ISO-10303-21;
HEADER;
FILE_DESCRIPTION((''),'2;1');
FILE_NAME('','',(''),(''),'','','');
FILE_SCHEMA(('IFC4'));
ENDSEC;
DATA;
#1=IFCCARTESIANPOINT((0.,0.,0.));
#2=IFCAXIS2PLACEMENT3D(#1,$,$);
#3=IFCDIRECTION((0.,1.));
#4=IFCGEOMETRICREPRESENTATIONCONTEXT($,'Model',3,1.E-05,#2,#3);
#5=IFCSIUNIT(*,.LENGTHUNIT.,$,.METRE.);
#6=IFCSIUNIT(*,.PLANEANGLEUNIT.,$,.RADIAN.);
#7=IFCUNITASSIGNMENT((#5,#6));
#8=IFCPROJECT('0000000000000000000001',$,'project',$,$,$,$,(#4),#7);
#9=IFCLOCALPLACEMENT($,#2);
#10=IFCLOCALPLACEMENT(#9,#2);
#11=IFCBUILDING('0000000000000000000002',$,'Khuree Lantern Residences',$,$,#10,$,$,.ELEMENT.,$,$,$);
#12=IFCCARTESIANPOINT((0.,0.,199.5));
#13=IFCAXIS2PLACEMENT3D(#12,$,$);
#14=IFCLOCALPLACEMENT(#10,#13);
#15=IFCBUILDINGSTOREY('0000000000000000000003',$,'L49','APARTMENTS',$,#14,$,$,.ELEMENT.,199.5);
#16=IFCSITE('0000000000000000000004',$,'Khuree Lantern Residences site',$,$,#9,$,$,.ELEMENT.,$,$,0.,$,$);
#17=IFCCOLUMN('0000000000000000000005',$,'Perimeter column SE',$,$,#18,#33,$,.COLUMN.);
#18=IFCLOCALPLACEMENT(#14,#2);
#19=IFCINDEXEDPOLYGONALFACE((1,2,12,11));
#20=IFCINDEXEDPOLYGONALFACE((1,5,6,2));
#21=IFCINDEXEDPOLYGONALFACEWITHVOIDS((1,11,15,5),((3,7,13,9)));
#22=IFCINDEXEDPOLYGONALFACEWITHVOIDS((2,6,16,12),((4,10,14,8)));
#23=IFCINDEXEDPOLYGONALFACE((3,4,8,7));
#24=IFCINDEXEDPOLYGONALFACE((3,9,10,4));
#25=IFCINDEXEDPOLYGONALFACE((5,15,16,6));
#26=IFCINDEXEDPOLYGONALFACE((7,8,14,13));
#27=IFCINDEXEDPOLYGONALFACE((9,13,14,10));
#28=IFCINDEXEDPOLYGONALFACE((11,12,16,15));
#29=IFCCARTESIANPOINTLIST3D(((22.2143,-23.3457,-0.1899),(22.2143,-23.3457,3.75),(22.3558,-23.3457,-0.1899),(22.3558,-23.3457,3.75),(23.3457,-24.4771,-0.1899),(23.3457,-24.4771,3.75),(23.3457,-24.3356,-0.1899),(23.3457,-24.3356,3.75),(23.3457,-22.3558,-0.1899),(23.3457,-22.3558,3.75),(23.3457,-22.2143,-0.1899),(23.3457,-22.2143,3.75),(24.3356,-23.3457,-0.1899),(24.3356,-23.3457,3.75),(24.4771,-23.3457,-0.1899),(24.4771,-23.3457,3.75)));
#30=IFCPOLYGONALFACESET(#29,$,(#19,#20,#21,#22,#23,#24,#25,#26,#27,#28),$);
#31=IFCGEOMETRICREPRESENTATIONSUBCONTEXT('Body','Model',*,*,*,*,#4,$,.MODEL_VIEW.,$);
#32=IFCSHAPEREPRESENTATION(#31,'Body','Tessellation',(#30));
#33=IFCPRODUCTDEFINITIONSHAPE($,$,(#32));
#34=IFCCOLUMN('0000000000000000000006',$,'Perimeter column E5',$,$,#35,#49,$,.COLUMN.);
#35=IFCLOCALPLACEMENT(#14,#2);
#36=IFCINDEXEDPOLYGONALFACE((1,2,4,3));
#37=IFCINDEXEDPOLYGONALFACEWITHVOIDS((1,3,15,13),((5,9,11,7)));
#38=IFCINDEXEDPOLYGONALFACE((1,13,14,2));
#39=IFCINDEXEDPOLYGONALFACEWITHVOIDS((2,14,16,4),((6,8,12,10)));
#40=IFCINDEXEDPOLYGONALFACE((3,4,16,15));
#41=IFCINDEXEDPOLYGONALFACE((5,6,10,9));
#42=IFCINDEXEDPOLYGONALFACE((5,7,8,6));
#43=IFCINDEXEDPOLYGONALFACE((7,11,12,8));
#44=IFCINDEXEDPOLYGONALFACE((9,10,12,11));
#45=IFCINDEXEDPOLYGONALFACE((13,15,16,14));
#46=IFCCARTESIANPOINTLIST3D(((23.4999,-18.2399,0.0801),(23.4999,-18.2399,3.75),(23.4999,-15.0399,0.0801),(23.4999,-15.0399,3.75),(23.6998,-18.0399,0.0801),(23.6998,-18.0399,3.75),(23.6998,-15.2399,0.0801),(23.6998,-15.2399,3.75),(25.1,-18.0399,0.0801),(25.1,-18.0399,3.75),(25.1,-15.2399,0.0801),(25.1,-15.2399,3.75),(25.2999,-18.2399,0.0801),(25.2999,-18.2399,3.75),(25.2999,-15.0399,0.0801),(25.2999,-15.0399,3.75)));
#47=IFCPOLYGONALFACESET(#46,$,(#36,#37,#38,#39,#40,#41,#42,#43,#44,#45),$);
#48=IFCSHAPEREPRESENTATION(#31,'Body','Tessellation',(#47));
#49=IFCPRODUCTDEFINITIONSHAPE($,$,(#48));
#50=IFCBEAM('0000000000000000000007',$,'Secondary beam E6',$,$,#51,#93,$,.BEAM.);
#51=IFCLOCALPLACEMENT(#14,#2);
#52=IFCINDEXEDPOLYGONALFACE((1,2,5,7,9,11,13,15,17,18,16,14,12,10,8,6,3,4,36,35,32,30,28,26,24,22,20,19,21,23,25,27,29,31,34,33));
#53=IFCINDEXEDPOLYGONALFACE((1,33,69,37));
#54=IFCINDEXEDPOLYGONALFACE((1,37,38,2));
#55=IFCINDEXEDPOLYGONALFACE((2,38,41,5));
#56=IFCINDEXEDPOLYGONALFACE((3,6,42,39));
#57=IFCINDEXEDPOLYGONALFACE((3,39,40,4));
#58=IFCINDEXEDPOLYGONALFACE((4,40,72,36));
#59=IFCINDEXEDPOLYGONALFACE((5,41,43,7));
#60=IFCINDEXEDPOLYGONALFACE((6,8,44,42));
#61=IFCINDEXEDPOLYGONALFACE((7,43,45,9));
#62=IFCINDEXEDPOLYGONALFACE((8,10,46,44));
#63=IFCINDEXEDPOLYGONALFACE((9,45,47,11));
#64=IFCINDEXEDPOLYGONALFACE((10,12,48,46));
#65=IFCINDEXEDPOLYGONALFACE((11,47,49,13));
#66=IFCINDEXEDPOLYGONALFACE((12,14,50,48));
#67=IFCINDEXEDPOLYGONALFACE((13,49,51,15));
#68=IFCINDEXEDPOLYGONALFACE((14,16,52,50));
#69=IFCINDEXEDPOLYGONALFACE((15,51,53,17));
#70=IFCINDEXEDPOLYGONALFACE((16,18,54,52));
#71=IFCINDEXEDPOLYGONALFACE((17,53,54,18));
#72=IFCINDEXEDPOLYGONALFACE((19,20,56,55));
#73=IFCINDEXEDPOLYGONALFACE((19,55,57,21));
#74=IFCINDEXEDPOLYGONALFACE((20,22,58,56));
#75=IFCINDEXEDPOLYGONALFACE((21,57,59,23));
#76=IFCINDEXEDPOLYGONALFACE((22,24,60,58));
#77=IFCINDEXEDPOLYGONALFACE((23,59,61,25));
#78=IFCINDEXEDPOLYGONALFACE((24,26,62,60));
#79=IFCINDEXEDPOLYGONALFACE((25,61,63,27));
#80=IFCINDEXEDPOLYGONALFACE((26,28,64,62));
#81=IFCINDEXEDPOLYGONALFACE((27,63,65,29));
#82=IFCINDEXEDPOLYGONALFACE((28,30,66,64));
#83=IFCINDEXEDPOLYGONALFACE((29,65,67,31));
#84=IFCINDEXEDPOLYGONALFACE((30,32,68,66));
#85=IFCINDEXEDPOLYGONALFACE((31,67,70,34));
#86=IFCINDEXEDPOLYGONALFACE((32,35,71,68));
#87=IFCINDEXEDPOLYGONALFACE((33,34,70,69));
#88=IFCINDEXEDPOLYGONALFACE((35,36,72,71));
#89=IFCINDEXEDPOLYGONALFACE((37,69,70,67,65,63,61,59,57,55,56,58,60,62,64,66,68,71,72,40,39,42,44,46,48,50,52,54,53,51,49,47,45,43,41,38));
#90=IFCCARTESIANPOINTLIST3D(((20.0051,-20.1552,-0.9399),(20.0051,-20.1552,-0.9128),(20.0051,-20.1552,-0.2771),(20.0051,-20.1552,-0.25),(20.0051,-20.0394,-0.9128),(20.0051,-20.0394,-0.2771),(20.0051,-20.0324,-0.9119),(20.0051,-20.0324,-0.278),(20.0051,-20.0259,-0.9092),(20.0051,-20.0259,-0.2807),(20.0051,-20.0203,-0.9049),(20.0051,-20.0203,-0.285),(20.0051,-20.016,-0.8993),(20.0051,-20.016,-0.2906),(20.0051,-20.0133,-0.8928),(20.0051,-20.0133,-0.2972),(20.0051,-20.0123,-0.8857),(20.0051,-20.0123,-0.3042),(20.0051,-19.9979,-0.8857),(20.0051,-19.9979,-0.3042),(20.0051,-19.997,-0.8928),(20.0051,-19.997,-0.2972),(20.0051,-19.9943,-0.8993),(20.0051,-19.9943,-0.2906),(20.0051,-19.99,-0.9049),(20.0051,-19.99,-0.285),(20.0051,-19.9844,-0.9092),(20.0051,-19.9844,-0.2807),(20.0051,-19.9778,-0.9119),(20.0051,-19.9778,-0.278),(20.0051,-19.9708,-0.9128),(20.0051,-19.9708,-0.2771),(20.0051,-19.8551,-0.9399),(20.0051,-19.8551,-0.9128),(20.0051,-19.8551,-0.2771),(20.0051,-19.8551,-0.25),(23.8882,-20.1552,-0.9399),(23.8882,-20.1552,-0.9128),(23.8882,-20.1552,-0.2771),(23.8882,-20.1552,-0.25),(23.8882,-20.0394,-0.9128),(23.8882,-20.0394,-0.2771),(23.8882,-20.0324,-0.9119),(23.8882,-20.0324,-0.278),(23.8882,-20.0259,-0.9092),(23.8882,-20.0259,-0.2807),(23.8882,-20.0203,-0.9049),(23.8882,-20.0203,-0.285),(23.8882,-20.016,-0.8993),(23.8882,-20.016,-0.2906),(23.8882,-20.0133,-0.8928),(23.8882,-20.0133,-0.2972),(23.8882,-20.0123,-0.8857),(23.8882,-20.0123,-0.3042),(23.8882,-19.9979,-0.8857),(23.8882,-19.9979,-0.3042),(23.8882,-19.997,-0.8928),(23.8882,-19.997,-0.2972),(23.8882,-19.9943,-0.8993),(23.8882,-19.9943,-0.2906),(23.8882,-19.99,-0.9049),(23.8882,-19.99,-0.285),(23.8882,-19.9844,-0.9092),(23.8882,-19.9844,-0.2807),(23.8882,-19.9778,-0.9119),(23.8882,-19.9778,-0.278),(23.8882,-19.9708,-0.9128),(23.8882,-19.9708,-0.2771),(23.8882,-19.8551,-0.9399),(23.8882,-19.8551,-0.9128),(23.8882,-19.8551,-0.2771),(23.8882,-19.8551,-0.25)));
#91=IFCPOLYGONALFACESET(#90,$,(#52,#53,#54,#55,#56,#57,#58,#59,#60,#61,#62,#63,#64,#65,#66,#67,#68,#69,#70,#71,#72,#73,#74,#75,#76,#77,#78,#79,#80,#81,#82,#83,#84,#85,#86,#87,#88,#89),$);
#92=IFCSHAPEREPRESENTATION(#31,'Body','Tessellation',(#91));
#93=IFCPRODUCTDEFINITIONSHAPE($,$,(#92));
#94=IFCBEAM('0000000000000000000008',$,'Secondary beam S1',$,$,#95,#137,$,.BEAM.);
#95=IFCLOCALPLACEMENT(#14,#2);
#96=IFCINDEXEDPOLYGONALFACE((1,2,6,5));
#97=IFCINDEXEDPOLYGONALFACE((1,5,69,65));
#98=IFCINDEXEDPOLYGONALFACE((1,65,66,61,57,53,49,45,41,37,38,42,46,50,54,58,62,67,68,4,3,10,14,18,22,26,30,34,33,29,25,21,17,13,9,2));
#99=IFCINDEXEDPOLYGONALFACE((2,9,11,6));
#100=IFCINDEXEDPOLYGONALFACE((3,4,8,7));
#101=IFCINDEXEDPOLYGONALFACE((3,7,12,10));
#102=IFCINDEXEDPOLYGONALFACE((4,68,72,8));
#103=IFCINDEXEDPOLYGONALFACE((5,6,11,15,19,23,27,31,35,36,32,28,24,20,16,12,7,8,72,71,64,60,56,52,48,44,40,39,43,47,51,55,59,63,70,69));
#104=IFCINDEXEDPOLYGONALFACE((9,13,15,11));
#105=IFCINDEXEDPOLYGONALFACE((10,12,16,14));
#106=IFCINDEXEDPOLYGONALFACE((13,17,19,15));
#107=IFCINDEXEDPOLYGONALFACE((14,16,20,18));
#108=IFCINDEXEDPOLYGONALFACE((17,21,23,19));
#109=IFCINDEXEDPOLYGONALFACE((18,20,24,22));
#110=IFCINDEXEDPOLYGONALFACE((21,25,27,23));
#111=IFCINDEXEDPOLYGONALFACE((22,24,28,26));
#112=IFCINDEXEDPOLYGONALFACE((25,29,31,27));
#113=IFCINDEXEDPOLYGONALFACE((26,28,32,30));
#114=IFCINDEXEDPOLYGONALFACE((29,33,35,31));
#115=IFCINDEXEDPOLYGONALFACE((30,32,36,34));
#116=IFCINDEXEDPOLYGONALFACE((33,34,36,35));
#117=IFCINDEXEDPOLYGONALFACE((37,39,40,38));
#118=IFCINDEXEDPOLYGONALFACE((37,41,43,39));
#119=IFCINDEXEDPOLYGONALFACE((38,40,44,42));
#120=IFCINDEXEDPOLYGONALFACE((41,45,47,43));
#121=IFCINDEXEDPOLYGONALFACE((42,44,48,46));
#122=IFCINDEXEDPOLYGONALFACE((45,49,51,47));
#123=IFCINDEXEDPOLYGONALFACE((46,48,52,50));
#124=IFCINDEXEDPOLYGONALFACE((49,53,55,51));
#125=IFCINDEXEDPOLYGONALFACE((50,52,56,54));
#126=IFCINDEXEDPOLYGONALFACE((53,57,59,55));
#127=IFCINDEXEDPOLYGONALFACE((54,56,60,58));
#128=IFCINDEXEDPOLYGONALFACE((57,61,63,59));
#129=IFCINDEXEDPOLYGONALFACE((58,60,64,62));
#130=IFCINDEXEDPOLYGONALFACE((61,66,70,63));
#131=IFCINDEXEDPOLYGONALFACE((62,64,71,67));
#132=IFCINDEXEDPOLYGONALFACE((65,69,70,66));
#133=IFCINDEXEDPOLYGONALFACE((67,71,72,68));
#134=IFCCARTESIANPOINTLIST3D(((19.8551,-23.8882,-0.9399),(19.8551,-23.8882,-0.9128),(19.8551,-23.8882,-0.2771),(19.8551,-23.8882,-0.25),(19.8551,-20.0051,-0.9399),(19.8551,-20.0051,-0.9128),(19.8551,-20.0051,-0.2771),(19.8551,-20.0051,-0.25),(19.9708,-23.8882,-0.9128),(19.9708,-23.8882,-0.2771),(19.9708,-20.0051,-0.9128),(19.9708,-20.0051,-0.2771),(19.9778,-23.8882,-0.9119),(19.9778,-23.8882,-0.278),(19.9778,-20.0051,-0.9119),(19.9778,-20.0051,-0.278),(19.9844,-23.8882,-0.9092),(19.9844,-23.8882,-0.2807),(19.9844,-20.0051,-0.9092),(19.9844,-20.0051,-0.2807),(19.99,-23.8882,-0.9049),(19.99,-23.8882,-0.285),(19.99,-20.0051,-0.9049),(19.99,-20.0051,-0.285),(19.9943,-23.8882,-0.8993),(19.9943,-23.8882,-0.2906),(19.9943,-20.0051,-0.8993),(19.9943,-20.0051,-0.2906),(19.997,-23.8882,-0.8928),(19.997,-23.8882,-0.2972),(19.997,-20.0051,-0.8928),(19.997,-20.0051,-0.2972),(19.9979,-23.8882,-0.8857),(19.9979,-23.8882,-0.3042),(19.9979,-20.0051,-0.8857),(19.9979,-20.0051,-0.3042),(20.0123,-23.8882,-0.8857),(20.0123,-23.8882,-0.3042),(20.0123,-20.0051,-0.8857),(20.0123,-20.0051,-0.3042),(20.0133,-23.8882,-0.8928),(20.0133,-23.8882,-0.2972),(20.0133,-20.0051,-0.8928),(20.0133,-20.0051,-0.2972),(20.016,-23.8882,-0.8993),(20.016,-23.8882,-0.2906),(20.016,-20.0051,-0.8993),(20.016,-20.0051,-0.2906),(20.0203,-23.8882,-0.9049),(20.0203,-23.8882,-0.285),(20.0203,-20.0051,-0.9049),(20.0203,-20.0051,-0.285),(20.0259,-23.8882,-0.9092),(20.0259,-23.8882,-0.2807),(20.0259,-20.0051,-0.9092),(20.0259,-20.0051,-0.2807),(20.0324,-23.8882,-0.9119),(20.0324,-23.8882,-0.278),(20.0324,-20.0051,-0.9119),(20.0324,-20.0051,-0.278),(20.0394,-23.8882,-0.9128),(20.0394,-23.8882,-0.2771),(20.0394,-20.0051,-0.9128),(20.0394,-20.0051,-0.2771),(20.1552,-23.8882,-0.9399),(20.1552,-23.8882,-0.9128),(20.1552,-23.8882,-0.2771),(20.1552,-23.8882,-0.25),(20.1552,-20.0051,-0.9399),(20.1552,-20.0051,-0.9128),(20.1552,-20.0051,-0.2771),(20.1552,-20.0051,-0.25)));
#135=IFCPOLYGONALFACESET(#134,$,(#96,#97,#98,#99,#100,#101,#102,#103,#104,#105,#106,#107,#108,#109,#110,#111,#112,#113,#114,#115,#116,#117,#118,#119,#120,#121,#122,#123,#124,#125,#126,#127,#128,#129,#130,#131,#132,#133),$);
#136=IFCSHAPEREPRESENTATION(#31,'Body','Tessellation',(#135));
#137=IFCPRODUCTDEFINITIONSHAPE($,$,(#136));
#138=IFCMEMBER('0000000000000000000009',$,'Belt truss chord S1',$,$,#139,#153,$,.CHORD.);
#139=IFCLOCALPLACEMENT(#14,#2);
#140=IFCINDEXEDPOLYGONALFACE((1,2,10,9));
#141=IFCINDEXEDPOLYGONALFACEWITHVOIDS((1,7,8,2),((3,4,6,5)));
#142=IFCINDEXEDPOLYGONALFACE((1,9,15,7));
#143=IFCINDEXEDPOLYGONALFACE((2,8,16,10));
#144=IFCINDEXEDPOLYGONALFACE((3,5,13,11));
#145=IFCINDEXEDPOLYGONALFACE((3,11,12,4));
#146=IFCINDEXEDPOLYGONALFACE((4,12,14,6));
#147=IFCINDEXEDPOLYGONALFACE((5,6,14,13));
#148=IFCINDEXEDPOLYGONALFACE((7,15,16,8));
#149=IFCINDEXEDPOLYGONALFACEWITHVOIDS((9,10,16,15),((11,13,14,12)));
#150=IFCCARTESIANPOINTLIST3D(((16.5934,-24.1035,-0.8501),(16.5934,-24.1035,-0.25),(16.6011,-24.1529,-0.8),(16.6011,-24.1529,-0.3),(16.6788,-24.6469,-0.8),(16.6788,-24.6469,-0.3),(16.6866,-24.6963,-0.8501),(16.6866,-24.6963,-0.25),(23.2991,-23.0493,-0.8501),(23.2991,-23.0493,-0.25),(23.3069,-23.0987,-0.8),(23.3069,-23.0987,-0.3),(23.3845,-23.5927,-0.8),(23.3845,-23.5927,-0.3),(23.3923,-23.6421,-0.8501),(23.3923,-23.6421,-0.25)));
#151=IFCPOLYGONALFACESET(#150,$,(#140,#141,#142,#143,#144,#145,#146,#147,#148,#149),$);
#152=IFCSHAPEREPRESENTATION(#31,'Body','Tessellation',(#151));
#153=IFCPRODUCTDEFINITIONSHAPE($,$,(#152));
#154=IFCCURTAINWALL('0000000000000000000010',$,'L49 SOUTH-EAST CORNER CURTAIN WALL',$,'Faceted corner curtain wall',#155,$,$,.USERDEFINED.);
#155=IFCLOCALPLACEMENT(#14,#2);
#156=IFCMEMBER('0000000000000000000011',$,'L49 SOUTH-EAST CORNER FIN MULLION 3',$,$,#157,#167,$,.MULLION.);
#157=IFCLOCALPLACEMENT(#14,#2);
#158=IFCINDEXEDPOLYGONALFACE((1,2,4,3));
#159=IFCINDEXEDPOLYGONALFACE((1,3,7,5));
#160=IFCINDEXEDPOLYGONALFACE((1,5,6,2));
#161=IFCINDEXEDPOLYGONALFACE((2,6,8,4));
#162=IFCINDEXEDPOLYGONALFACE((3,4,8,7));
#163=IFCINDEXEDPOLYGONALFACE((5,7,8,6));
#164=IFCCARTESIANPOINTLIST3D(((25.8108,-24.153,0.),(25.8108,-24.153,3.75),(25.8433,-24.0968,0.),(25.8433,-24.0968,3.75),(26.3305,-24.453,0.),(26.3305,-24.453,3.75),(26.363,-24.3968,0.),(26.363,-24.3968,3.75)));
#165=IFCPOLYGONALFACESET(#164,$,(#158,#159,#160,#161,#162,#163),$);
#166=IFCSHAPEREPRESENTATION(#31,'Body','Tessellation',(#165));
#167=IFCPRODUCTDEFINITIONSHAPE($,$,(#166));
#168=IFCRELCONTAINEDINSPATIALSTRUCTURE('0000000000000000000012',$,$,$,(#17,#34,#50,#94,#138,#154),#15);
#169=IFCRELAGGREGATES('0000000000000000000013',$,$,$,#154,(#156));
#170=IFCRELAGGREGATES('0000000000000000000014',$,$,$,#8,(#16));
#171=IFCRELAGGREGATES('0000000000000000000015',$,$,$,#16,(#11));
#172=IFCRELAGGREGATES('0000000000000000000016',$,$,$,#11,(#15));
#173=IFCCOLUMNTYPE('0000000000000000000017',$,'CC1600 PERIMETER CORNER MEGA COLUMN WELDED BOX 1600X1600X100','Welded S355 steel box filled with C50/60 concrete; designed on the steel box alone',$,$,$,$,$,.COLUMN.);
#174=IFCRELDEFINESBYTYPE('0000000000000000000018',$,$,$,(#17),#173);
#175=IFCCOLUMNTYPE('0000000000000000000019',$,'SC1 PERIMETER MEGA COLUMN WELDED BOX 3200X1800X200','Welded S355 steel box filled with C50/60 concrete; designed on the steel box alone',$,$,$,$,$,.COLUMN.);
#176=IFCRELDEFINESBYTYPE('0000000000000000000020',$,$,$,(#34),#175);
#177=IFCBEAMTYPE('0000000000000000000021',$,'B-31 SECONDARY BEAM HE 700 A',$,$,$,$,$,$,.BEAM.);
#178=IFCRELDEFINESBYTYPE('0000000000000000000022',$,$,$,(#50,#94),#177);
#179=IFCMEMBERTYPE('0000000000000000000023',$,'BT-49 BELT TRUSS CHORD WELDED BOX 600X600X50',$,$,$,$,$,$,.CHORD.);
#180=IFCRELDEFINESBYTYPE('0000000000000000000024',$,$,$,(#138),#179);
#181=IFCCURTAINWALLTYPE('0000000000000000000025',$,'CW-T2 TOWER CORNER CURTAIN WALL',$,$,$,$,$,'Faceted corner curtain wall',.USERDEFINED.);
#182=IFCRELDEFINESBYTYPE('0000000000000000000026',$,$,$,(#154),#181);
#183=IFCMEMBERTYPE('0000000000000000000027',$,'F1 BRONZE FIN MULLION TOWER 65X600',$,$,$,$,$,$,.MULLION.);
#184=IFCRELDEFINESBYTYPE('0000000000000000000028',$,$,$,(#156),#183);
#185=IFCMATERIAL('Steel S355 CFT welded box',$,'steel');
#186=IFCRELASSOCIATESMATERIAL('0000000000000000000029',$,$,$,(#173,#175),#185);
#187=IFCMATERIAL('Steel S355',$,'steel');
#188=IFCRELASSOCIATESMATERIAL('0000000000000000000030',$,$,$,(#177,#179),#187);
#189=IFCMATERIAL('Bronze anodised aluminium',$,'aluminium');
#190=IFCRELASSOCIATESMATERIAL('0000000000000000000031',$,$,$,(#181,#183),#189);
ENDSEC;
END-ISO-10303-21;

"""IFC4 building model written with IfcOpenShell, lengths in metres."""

from ifc_helpers import new_model, si_unit, direction, frame, origin, origin_2d, place, context, subcontext, project, spatial, rectangle, hollow_rectangle, i_section, extrude, material, material_profile, profile_set, type_object, element, aggregate, save


model = new_model("IFC4")

# Units and contexts
model_context = context("Model", 3, precision=1e-05, world=origin(), true_north=direction((0.0, 1.0)))
body_context = subcontext(model_context, "Body", "Model", "MODEL_VIEW")
ifc_project = project(units=[si_unit("LENGTHUNIT", "METRE"), si_unit("PLANEANGLEUNIT", "RADIAN")], contexts=[model_context])

# Site, building, storey
site_placement = place(None, origin())
site = spatial("IfcSite", under=ifc_project, at=site_placement, Name="Khuree Lantern Residences site", CompositionType="ELEMENT", RefElevation=0.0)
building_placement = place(site_placement, origin())
building = spatial("IfcBuilding", under=site, at=building_placement, Name="Khuree Lantern Residences", CompositionType="ELEMENT")
storey_placement = place(building_placement, frame((0.0, 0.0, 199.5)))
storey = spatial("IfcBuildingStorey", under=building, at=storey_placement, Name="L49", Description="APARTMENTS", CompositionType="ELEMENT", Elevation=199.5)

# Columns
ifc_material_1 = material(Name="Steel S355 CFT welded box", Category="steel")
ifc_material_profile_1 = material_profile(ifc_material_1, hollow_rectangle(XDim=1.6001, YDim=1.6001, WallThickness=0.1001, at=origin_2d()), Name="WELDED BOX 1600X1600X100")
ifc_profile_set_1 = profile_set([ifc_material_profile_1], Name="Steel S355 CFT welded box")
column_type_1 = type_object("IfcColumnType", Name="CC1600 PERIMETER CORNER MEGA COLUMN WELDED BOX 1600X1600X100", Description="Welded S355 steel box filled with C50/60 concrete; designed on the steel box alone", PredefinedType="COLUMN", material=ifc_profile_set_1)
column_1_placement = place(storey_placement, frame((23.3457, -23.3457, -0.1899), z_axis=(0.0, 0.0, 1.0), x_axis=(0.707107, 0.707107, 0.0)))
element("IfcColumn", 1, at=column_1_placement, inside=storey, type_object=column_type_1, Name="Perimeter column SE", PredefinedType="COLUMN", context=body_context, shape_type="SweptSolid", body=[
    extrude(hollow_rectangle(XDim=1.6001, YDim=1.6001, WallThickness=0.1001, at=origin_2d()), origin(), (0.0, 0.0, 1.0), 3.9399),
])
ifc_material_profile_2 = material_profile(ifc_material_1, hollow_rectangle(XDim=3.2, YDim=1.8, WallThickness=0.2, at=origin_2d()), Name="WELDED BOX 3200X1800X200")
ifc_profile_set_2 = profile_set([ifc_material_profile_2], Name="Steel S355 CFT welded box")
column_type_2 = type_object("IfcColumnType", Name="SC1 PERIMETER MEGA COLUMN WELDED BOX 3200X1800X200", Description="Welded S355 steel box filled with C50/60 concrete; designed on the steel box alone", PredefinedType="COLUMN", material=ifc_profile_set_2)
column_2_placement = place(storey_placement, frame((24.3999, -16.6399, 0.0801), z_axis=(0.0, 0.0, 1.0), x_axis=(0.0, 1.0, 0.0)))
element("IfcColumn", 2, at=column_2_placement, inside=storey, type_object=column_type_2, Name="Perimeter column E5", PredefinedType="COLUMN", context=body_context, shape_type="SweptSolid", body=[
    extrude(hollow_rectangle(XDim=3.2, YDim=1.8, WallThickness=0.2, at=origin_2d()), origin(), (0.0, 0.0, 1.0), 3.6699),
])

# Beams
ifc_material_2 = material(Name="Steel S355", Category="steel")
ifc_material_profile_3 = material_profile(ifc_material_2, i_section(OverallWidth=0.3, OverallDepth=0.6899, WebThickness=0.0144, FlangeThickness=0.0271, FilletRadius=0.0271, at=origin_2d()), Name="HE 700 A")
ifc_profile_set_3 = profile_set([ifc_material_profile_3], Name="Steel S355")
beam_type_1 = type_object("IfcBeamType", Name="B-31 SECONDARY BEAM HE 700 A", PredefinedType="BEAM", material=ifc_profile_set_3)
for number, where, z_axis, x_axis, name in (
    (3, (23.8882, -20.0051, -0.595), (-1.0, 0.0, 0.0), (0.0, -1.0, 0.0), "Secondary beam E6"),
    (4, (20.0051, -23.8882, -0.595), (0.0, 1.0, 0.0), (-1.0, 0.0, 0.0), "Secondary beam S1"),
):
    element("IfcBeam", number, at=place(storey_placement, frame(where, z_axis=z_axis, x_axis=x_axis)), inside=storey, type_object=beam_type_1, Name=name, PredefinedType="BEAM", context=body_context, shape_type="SweptSolid", body=[
        extrude(i_section(OverallWidth=0.3, OverallDepth=0.6899, WebThickness=0.0144, FlangeThickness=0.0271, FilletRadius=0.0271, at=origin_2d()), origin(), (0.0, 0.0, 1.0), 3.8831),
    ])

# Member
ifc_material_profile_4 = material_profile(ifc_material_2, hollow_rectangle(XDim=0.6001, YDim=0.6001, WallThickness=0.05, at=origin_2d()), Name="WELDED BOX 600X600X50")
ifc_profile_set_4 = profile_set([ifc_material_profile_4], Name="Steel S355")
member_type_1 = type_object("IfcMemberType", Name="BT-49 BELT TRUSS CHORD WELDED BOX 600X600X50", PredefinedType="CHORD", material=ifc_profile_set_4)
member_1_placement = place(storey_placement, frame((23.3457, -23.3457, -0.55), z_axis=(-0.987867, -0.1553, 0.0), x_axis=(0.1553, -0.987867, 0.0)))
element("IfcMember", 5, at=member_1_placement, inside=storey, type_object=member_type_1, Name="Belt truss chord S1", PredefinedType="CHORD", context=body_context, shape_type="SweptSolid", body=[
    extrude(hollow_rectangle(XDim=0.6001, YDim=0.6001, WallThickness=0.05, at=origin_2d()), origin(), (0.0, 0.0, 1.0), 6.7881),
])

# Curtain wall, member
ifc_material_3 = material(Name="Bronze anodised aluminium", Category="aluminium")
curtain_wall_type_1 = type_object("IfcCurtainWallType", Name="CW-T2 TOWER CORNER CURTAIN WALL", ElementType="Faceted corner curtain wall", PredefinedType="USERDEFINED", material=ifc_material_3)
curtain_wall_1_placement = place(storey_placement, origin())
curtain_wall_1 = element("IfcCurtainWall", 6, at=curtain_wall_1_placement, inside=storey, type_object=curtain_wall_type_1, Name="L49 SOUTH-EAST CORNER CURTAIN WALL", ObjectType="Faceted corner curtain wall", PredefinedType="USERDEFINED")
ifc_material_profile_5 = material_profile(ifc_material_3, rectangle(XDim=0.0649, YDim=0.6001, at=origin_2d()), Name="F1 65X600")
ifc_profile_set_5 = profile_set([ifc_material_profile_5], Name="Bronze anodised aluminium")
member_type_2 = type_object("IfcMemberType", Name="F1 BRONZE FIN MULLION TOWER 65X600", PredefinedType="MULLION", material=ifc_profile_set_5)
member_2_placement = place(storey_placement, frame((26.0869, -24.2749, 0.0), z_axis=(0.0, 0.0, 1.0), x_axis=(0.5, 0.866025, 0.0)))
member_2 = element("IfcMember", 7, at=member_2_placement, type_object=member_type_2, Name="L49 SOUTH-EAST CORNER FIN MULLION 3", PredefinedType="MULLION", context=body_context, shape_type="SweptSolid", body=[
    extrude(rectangle(XDim=0.0649, YDim=0.6001, at=origin_2d()), origin(), (0.0, 0.0, 1.0), 3.75),
])

aggregate(curtain_wall_1, [member_2])

save(model, "model.ifc")
